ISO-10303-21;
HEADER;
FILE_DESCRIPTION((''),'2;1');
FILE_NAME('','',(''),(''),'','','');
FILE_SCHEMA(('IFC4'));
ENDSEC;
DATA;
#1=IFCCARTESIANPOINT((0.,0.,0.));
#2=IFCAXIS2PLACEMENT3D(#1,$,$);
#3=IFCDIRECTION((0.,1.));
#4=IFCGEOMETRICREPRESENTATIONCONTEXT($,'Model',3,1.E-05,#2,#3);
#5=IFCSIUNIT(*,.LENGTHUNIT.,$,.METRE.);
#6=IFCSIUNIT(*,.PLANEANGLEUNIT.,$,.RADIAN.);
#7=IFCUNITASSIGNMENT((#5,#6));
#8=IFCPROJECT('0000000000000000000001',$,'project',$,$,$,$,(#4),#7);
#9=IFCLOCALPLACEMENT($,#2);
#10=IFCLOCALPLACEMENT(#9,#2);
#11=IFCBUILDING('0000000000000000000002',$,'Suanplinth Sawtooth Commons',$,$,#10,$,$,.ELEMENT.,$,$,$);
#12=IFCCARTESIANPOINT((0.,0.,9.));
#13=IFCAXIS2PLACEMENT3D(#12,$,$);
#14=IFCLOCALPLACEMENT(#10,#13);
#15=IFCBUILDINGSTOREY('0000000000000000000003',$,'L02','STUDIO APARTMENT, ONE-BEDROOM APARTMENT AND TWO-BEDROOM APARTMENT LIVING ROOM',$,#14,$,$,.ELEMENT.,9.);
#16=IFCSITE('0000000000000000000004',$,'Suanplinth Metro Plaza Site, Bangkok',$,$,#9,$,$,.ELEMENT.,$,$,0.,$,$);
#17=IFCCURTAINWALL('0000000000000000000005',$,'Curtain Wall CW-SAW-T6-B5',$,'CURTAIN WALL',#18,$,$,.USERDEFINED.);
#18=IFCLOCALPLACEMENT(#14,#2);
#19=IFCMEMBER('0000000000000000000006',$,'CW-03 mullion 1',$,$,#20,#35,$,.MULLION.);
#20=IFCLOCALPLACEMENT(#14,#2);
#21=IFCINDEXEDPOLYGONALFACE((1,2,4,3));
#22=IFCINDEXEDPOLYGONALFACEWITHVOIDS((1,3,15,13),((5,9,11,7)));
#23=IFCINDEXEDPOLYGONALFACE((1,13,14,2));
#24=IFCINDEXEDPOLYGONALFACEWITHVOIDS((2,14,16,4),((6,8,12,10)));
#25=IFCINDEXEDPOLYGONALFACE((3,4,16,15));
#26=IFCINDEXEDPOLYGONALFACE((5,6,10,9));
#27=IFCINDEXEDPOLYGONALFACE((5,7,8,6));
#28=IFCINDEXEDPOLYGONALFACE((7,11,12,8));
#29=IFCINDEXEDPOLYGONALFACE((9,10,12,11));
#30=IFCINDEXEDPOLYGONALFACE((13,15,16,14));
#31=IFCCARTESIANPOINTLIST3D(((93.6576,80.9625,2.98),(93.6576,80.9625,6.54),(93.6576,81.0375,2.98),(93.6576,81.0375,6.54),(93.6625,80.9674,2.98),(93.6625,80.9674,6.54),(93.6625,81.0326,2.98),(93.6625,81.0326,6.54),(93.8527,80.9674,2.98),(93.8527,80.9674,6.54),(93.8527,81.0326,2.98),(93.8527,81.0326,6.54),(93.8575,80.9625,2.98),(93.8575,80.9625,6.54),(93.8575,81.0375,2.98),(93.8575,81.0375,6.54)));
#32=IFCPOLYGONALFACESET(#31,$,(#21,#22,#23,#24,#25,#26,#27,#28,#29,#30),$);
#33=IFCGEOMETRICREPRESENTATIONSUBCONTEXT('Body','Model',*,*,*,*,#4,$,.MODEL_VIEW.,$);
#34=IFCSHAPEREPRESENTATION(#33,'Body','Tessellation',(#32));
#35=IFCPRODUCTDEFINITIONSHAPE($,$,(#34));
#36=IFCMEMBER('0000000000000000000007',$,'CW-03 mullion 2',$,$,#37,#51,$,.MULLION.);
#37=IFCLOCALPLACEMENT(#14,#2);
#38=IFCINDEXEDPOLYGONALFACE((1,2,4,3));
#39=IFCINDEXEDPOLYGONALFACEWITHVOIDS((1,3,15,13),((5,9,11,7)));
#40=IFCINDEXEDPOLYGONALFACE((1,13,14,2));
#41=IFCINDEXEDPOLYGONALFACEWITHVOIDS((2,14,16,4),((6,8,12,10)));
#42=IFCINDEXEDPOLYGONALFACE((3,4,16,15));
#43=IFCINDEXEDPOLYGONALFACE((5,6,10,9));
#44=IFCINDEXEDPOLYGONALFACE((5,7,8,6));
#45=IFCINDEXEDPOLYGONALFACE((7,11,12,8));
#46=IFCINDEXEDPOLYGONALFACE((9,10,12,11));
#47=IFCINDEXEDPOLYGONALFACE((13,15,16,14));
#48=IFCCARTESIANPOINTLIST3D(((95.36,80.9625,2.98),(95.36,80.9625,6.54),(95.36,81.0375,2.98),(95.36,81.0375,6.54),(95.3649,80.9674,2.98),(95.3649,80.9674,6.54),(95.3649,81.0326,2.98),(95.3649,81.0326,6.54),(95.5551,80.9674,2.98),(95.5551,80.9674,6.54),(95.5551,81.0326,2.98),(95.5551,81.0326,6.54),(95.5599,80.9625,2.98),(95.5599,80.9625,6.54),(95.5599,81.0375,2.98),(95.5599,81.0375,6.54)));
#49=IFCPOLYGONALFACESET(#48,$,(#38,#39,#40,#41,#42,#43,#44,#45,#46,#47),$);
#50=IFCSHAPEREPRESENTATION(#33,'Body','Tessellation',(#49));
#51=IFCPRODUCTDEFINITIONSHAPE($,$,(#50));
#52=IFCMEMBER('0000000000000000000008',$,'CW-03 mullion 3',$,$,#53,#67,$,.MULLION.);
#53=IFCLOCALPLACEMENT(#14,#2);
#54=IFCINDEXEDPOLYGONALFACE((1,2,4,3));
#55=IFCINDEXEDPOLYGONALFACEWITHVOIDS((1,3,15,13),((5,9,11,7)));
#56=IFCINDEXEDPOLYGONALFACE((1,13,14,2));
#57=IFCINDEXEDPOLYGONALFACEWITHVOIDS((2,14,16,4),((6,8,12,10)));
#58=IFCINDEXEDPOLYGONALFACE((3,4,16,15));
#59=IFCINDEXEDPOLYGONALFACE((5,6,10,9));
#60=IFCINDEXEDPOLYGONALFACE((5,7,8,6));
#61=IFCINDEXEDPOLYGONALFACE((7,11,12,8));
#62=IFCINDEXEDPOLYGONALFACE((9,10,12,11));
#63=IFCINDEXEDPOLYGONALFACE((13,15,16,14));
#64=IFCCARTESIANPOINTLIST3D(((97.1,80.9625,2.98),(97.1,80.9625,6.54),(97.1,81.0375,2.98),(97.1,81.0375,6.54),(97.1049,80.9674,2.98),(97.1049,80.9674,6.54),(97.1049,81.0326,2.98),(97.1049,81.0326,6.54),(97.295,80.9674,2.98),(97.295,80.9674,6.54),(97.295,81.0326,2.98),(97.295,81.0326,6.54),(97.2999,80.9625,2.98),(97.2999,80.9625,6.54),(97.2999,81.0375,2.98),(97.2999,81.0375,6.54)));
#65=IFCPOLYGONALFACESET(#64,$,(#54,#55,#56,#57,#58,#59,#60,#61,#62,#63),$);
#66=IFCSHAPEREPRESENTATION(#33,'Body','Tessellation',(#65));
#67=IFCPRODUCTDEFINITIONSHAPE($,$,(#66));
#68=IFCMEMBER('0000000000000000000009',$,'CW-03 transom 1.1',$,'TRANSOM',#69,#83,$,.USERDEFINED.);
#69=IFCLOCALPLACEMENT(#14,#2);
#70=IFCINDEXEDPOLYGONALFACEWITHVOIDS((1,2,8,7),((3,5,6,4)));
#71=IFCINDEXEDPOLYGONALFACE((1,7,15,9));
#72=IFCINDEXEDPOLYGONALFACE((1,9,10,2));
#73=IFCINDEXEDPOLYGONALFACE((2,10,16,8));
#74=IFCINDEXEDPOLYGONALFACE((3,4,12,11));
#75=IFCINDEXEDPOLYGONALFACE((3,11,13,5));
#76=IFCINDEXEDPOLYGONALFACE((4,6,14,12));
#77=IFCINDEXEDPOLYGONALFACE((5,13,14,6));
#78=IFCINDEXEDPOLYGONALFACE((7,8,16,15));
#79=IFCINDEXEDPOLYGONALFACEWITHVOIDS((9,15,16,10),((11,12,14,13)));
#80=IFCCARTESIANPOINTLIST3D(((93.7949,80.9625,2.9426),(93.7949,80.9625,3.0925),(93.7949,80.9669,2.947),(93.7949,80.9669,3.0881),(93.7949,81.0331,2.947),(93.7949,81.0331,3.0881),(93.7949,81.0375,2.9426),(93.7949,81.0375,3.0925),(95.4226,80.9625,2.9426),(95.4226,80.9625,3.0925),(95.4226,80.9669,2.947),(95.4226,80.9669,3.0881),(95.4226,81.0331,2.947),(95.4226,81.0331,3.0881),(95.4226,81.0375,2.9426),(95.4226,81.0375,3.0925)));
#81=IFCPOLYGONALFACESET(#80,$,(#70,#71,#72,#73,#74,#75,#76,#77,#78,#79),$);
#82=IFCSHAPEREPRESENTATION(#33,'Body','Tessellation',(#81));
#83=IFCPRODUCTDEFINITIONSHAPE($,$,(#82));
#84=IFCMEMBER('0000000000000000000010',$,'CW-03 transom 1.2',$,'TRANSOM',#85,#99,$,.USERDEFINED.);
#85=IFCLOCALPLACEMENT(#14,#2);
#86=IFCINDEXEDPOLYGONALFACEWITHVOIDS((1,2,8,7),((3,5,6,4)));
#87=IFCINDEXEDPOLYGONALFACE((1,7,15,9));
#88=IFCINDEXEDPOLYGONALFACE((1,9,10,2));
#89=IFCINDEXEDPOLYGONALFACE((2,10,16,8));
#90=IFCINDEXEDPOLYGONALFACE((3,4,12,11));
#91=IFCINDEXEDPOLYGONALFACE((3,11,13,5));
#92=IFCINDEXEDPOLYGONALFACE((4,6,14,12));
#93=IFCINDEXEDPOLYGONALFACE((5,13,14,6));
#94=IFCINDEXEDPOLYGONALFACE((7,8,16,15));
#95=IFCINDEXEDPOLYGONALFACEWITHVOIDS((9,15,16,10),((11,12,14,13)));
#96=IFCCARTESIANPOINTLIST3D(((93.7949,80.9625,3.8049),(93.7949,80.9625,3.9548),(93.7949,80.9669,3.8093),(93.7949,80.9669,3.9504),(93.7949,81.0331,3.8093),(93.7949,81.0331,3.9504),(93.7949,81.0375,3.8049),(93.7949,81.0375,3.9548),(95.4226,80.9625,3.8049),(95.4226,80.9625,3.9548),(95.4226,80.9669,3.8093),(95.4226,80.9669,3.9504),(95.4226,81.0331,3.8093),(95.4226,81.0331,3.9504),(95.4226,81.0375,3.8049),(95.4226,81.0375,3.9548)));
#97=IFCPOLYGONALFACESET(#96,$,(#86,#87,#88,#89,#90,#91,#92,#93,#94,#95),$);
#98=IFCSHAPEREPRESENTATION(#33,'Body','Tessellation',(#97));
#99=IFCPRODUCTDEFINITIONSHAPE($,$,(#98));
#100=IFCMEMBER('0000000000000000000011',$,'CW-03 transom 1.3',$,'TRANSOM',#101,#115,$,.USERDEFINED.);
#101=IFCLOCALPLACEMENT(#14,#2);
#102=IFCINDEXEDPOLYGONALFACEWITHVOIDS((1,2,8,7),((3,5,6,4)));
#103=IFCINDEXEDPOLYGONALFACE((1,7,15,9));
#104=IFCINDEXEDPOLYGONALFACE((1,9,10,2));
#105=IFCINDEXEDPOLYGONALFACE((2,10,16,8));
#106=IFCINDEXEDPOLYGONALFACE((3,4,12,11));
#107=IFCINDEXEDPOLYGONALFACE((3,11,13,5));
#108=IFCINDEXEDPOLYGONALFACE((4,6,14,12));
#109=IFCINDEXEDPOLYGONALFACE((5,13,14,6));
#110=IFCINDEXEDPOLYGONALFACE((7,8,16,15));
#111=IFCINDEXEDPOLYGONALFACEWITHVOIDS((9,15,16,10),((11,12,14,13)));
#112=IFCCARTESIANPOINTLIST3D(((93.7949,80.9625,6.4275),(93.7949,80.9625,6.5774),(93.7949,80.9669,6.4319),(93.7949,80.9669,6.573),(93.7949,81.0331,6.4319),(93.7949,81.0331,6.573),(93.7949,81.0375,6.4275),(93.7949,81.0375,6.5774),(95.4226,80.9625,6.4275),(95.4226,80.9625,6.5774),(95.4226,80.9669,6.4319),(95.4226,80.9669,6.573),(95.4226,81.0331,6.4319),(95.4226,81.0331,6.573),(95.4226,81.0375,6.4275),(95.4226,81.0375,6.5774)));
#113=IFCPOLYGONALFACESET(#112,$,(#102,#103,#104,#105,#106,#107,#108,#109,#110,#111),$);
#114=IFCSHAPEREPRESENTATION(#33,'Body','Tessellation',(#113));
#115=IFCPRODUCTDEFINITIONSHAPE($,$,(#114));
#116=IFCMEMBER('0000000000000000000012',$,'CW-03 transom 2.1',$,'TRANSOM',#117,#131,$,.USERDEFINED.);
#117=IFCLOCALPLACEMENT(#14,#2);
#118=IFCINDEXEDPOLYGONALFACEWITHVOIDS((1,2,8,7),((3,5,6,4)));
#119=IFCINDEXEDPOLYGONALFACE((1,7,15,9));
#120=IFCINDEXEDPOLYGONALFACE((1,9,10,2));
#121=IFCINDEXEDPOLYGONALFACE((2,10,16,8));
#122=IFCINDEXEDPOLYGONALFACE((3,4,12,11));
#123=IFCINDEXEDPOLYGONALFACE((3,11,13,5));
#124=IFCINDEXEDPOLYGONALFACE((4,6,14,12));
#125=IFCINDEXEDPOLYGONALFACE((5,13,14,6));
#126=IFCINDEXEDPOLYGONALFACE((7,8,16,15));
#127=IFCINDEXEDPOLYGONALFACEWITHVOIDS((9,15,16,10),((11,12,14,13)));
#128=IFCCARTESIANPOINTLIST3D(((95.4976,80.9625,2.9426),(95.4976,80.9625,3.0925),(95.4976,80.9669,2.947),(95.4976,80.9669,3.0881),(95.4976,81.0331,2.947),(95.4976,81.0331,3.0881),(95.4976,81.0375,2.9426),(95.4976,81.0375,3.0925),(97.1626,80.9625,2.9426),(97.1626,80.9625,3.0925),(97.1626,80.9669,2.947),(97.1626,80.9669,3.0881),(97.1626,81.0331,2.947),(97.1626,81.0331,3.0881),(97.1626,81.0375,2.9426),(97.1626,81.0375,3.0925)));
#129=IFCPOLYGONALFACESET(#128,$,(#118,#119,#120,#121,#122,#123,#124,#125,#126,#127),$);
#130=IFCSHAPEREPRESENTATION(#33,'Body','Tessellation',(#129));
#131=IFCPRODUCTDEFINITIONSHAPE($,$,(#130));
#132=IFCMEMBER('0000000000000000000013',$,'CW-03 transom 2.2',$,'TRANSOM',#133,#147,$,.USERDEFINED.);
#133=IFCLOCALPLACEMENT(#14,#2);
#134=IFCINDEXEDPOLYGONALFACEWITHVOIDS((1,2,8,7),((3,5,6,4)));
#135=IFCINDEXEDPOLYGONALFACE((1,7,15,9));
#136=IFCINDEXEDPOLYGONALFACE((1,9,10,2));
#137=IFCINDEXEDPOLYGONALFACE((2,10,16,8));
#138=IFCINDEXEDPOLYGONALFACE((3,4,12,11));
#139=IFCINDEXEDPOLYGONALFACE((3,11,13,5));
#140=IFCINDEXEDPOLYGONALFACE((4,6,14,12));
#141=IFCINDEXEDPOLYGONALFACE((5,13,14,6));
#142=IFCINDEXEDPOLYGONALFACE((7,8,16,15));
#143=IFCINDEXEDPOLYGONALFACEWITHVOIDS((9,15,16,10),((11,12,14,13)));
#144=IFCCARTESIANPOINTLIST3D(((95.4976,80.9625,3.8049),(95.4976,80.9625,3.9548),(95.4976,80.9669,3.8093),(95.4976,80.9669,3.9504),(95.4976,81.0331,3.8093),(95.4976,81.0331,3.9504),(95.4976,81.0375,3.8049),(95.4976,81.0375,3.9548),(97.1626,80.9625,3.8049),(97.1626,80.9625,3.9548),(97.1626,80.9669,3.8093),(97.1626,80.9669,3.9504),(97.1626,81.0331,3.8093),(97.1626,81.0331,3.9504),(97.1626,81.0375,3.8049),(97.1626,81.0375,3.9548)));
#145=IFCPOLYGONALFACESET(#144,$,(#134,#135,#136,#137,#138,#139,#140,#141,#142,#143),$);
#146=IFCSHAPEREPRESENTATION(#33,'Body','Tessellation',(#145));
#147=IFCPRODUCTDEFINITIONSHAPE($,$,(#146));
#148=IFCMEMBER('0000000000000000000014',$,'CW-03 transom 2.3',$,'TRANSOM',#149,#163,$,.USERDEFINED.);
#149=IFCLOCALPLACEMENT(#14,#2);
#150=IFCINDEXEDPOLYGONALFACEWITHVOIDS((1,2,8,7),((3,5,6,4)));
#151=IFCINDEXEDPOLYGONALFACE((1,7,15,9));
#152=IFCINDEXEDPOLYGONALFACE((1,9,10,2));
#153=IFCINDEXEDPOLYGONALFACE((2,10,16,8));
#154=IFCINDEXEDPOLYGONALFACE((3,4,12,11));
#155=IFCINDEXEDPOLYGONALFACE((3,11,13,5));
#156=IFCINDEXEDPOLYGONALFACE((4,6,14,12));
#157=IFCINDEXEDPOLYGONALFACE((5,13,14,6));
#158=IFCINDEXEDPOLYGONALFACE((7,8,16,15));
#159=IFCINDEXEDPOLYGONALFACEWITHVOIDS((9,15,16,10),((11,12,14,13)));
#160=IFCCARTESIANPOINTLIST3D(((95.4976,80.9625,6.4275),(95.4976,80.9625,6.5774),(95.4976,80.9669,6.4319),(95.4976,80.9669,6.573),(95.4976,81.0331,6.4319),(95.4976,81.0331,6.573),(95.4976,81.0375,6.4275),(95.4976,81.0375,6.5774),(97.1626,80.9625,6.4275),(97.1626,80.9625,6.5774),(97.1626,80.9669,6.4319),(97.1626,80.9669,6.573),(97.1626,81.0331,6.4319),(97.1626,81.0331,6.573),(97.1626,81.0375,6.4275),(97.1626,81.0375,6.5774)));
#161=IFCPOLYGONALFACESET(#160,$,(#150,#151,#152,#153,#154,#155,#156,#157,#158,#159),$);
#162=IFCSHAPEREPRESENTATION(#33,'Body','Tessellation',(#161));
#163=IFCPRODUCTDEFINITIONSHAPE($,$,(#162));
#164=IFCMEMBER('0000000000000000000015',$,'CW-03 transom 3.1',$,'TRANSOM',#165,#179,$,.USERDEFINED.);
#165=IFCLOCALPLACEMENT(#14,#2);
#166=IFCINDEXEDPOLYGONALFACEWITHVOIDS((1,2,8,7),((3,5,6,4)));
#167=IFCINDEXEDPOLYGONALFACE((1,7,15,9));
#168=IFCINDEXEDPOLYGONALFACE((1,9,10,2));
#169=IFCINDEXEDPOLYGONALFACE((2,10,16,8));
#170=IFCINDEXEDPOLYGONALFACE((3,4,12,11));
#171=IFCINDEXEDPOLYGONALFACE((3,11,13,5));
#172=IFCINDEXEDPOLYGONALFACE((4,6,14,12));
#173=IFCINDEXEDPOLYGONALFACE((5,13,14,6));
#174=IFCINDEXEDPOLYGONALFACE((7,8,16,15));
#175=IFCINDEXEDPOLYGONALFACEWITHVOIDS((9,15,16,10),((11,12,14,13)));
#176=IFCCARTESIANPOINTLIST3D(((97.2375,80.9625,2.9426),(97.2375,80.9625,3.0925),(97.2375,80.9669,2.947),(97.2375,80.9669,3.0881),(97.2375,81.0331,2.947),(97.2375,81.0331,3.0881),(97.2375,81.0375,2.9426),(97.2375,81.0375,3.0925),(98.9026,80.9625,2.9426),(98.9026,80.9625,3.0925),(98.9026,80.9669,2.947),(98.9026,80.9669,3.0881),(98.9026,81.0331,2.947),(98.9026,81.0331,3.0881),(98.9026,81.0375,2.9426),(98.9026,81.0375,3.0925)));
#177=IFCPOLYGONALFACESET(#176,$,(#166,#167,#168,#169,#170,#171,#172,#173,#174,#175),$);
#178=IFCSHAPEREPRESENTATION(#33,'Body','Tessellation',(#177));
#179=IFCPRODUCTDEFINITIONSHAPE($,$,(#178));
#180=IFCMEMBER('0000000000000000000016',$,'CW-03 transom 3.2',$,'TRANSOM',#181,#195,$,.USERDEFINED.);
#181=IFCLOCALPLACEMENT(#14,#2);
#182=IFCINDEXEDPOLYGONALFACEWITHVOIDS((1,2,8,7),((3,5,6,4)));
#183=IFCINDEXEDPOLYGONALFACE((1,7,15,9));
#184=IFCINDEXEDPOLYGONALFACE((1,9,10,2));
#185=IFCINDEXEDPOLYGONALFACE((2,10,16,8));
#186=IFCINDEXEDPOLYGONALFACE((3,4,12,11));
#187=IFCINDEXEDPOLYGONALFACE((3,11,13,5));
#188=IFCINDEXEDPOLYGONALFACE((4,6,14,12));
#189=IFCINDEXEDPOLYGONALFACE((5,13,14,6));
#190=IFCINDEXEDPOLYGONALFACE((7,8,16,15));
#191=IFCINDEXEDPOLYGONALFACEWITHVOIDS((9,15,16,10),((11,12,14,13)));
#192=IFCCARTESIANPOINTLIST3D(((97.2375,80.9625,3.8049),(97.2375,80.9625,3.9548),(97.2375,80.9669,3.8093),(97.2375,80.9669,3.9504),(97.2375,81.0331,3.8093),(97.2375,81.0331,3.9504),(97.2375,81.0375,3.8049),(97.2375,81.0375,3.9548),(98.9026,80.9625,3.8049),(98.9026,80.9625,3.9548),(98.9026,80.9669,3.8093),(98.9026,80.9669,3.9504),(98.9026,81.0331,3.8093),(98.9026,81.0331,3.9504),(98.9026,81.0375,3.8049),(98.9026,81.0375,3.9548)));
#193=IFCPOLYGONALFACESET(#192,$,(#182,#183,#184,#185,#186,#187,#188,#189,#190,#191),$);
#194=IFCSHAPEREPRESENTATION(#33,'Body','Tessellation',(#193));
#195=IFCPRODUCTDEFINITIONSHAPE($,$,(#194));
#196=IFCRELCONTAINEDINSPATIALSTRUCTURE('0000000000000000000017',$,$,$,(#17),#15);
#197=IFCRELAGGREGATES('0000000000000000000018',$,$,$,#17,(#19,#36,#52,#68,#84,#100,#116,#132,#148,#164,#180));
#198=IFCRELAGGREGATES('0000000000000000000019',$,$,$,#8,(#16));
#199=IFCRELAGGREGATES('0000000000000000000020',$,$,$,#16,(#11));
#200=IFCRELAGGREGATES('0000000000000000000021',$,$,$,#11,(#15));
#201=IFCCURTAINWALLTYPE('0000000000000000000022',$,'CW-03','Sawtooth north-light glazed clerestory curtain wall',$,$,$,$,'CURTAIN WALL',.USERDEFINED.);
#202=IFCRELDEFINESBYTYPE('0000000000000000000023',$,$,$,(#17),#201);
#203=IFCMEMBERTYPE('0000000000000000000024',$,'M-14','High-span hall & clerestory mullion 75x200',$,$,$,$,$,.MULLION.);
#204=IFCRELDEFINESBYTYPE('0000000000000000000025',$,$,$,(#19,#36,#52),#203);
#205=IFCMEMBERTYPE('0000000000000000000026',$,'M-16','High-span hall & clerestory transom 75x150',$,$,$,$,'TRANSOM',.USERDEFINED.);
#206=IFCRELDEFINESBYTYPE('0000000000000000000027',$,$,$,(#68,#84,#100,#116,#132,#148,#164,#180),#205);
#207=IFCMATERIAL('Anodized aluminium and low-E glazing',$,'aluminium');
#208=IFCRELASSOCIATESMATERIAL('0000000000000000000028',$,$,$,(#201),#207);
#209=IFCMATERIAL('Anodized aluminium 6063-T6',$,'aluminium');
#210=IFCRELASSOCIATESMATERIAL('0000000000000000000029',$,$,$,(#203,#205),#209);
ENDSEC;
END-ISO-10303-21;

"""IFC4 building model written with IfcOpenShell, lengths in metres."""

from ifc_helpers import new_model, si_unit, direction, frame, origin, origin_2d, place, context, subcontext, project, spatial, hollow_rectangle, extrude, material, material_profile, profile_set, type_object, element, aggregate, save


model = new_model("IFC4")

# Units and contexts
model_context = context("Model", 3, precision=1e-05, world=origin(), true_north=direction((0.0, 1.0)))
body_context = subcontext(model_context, "Body", "Model", "MODEL_VIEW")
ifc_project = project(units=[si_unit("LENGTHUNIT", "METRE"), si_unit("PLANEANGLEUNIT", "RADIAN")], contexts=[model_context])

# Site, building, storey
site_placement = place(None, origin())
site = spatial("IfcSite", under=ifc_project, at=site_placement, Name="Suanplinth Metro Plaza Site, Bangkok", CompositionType="ELEMENT", RefElevation=0.0)
building_placement = place(site_placement, origin())
building = spatial("IfcBuilding", under=site, at=building_placement, Name="Suanplinth Sawtooth Commons", CompositionType="ELEMENT")
storey_placement = place(building_placement, frame((0.0, 0.0, 9.0)))
storey = spatial("IfcBuildingStorey", under=building, at=storey_placement, Name="L02", Description="STUDIO APARTMENT, ONE-BEDROOM APARTMENT AND TWO-BEDROOM APARTMENT LIVING ROOM", CompositionType="ELEMENT", Elevation=9.0)

# Shared definitions
ifc_material_1 = material(Name="Anodized aluminium and low-E glazing", Category="aluminium")
curtain_wall_type = type_object("IfcCurtainWallType", Name="CW-03", Description="Sawtooth north-light glazed clerestory curtain wall", ElementType="CURTAIN WALL", PredefinedType="USERDEFINED", material=ifc_material_1)
ifc_material_2 = material(Name="Anodized aluminium 6063-T6", Category="aluminium")
ifc_material_profile_1 = material_profile(ifc_material_2, hollow_rectangle(XDim=0.075, YDim=0.2, WallThickness=0.0049, at=origin_2d()), Name="ALU-MUL 75x200")
ifc_profile_set_1 = profile_set([ifc_material_profile_1], Name="Anodized aluminium 6063-T6")
member_type_1 = type_object("IfcMemberType", Name="M-14", Description="High-span hall & clerestory mullion 75x200", PredefinedType="MULLION", material=ifc_profile_set_1)

# Curtain wall, members
curtain_wall_1_placement = place(storey_placement, origin())
curtain_wall_1 = element("IfcCurtainWall", 1, at=curtain_wall_1_placement, inside=storey, type_object=curtain_wall_type, Name="Curtain Wall CW-SAW-T6-B5", ObjectType="CURTAIN WALL", PredefinedType="USERDEFINED")
member_1_placement = place(storey_placement, frame((93.7576, 81.0, 2.98), z_axis=(0.0, 0.0, 1.0), x_axis=(0.0, 1.0, 0.0)))
member_1 = element("IfcMember", 2, at=member_1_placement, type_object=member_type_1, Name="CW-03 mullion 1", PredefinedType="MULLION", context=body_context, shape_type="SweptSolid", body=[
    extrude(hollow_rectangle(XDim=0.075, YDim=0.2, WallThickness=0.0049, at=origin_2d()), origin(), (0.0, 0.0, 1.0), 3.5601),
])
member_2_placement = place(storey_placement, frame((95.46, 81.0, 2.98), z_axis=(0.0, 0.0, 1.0), x_axis=(0.0, 1.0, 0.0)))
member_2 = element("IfcMember", 3, at=member_2_placement, type_object=member_type_1, Name="CW-03 mullion 2", PredefinedType="MULLION", context=body_context, shape_type="SweptSolid", body=[
    extrude(hollow_rectangle(XDim=0.075, YDim=0.2, WallThickness=0.0049, at=origin_2d()), origin(), (0.0, 0.0, 1.0), 3.5601),
])
member_3_placement = place(storey_placement, frame((97.2, 81.0, 2.98), z_axis=(0.0, 0.0, 1.0), x_axis=(0.0, 1.0, 0.0)))
member_3 = element("IfcMember", 4, at=member_3_placement, type_object=member_type_1, Name="CW-03 mullion 3", PredefinedType="MULLION", context=body_context, shape_type="SweptSolid", body=[
    extrude(hollow_rectangle(XDim=0.075, YDim=0.2, WallThickness=0.0049, at=origin_2d()), origin(), (0.0, 0.0, 1.0), 3.5601),
])
ifc_material_profile_2 = material_profile(ifc_material_2, hollow_rectangle(XDim=0.075, YDim=0.1499, WallThickness=0.0044, at=origin_2d()), Name="ALU-TRN 75x150")
ifc_profile_set_2 = profile_set([ifc_material_profile_2], Name="Anodized aluminium 6063-T6")
member_type_2 = type_object("IfcMemberType", Name="M-16", Description="High-span hall & clerestory transom 75x150", ElementType="TRANSOM", PredefinedType="USERDEFINED", material=ifc_profile_set_2)
member_4_placement = place(storey_placement, frame((93.7949, 81.0, 3.0176), z_axis=(1.0, 0.0, 0.0), x_axis=(0.0, 1.0, 0.0)))
member_4 = element("IfcMember", 5, at=member_4_placement, type_object=member_type_2, Name="CW-03 transom 1.1", ObjectType="TRANSOM", PredefinedType="USERDEFINED", context=body_context, shape_type="SweptSolid", body=[
    extrude(hollow_rectangle(XDim=0.075, YDim=0.1499, WallThickness=0.0044, at=origin_2d()), origin(), (0.0, 0.0, 1.0), 1.6277),
])
member_5_placement = place(storey_placement, frame((93.7949, 81.0, 3.8799), z_axis=(1.0, 0.0, 0.0), x_axis=(0.0, 1.0, 0.0)))
member_5 = element("IfcMember", 6, at=member_5_placement, type_object=member_type_2, Name="CW-03 transom 1.2", ObjectType="TRANSOM", PredefinedType="USERDEFINED", context=body_context, shape_type="SweptSolid", body=[
    extrude(hollow_rectangle(XDim=0.075, YDim=0.1499, WallThickness=0.0044, at=origin_2d()), origin(), (0.0, 0.0, 1.0), 1.6277),
])
member_6_placement = place(storey_placement, frame((93.7949, 81.0, 6.5024), z_axis=(1.0, 0.0, 0.0), x_axis=(0.0, 1.0, 0.0)))
member_6 = element("IfcMember", 7, at=member_6_placement, type_object=member_type_2, Name="CW-03 transom 1.3", ObjectType="TRANSOM", PredefinedType="USERDEFINED", context=body_context, shape_type="SweptSolid", body=[
    extrude(hollow_rectangle(XDim=0.075, YDim=0.1499, WallThickness=0.0044, at=origin_2d()), origin(), (0.0, 0.0, 1.0), 1.6277),
])
member_7_placement = place(storey_placement, frame((95.4976, 81.0, 3.0176), z_axis=(1.0, 0.0, 0.0), x_axis=(0.0, 1.0, 0.0)))
member_7 = element("IfcMember", 8, at=member_7_placement, type_object=member_type_2, Name="CW-03 transom 2.1", ObjectType="TRANSOM", PredefinedType="USERDEFINED", context=body_context, shape_type="SweptSolid", body=[
    extrude(hollow_rectangle(XDim=0.075, YDim=0.1499, WallThickness=0.0044, at=origin_2d()), origin(), (0.0, 0.0, 1.0), 1.665),
])
member_8_placement = place(storey_placement, frame((95.4976, 81.0, 3.8799), z_axis=(1.0, 0.0, 0.0), x_axis=(0.0, 1.0, 0.0)))
member_8 = element("IfcMember", 9, at=member_8_placement, type_object=member_type_2, Name="CW-03 transom 2.2", ObjectType="TRANSOM", PredefinedType="USERDEFINED", context=body_context, shape_type="SweptSolid", body=[
    extrude(hollow_rectangle(XDim=0.075, YDim=0.1499, WallThickness=0.0044, at=origin_2d()), origin(), (0.0, 0.0, 1.0), 1.665),
])
member_9_placement = place(storey_placement, frame((95.4976, 81.0, 6.5024), z_axis=(1.0, 0.0, 0.0), x_axis=(0.0, 1.0, 0.0)))
member_9 = element("IfcMember", 10, at=member_9_placement, type_object=member_type_2, Name="CW-03 transom 2.3", ObjectType="TRANSOM", PredefinedType="USERDEFINED", context=body_context, shape_type="SweptSolid", body=[
    extrude(hollow_rectangle(XDim=0.075, YDim=0.1499, WallThickness=0.0044, at=origin_2d()), origin(), (0.0, 0.0, 1.0), 1.665),
])
member_10_placement = place(storey_placement, frame((97.2375, 81.0, 3.0176), z_axis=(1.0, 0.0, 0.0), x_axis=(0.0, 1.0, 0.0)))
member_10 = element("IfcMember", 11, at=member_10_placement, type_object=member_type_2, Name="CW-03 transom 3.1", ObjectType="TRANSOM", PredefinedType="USERDEFINED", context=body_context, shape_type="SweptSolid", body=[
    extrude(hollow_rectangle(XDim=0.075, YDim=0.1499, WallThickness=0.0044, at=origin_2d()), origin(), (0.0, 0.0, 1.0), 1.665),
])
member_11_placement = place(storey_placement, frame((97.2375, 81.0, 3.8799), z_axis=(1.0, 0.0, 0.0), x_axis=(0.0, 1.0, 0.0)))
member_11 = element("IfcMember", 12, at=member_11_placement, type_object=member_type_2, Name="CW-03 transom 3.2", ObjectType="TRANSOM", PredefinedType="USERDEFINED", context=body_context, shape_type="SweptSolid", body=[
    extrude(hollow_rectangle(XDim=0.075, YDim=0.1499, WallThickness=0.0044, at=origin_2d()), origin(), (0.0, 0.0, 1.0), 1.665),
])

aggregate(curtain_wall_1, [member_1, member_2, member_3, member_4, member_5, member_6, member_7, member_8, member_9, member_10, member_11])

save(model, "model.ifc")
